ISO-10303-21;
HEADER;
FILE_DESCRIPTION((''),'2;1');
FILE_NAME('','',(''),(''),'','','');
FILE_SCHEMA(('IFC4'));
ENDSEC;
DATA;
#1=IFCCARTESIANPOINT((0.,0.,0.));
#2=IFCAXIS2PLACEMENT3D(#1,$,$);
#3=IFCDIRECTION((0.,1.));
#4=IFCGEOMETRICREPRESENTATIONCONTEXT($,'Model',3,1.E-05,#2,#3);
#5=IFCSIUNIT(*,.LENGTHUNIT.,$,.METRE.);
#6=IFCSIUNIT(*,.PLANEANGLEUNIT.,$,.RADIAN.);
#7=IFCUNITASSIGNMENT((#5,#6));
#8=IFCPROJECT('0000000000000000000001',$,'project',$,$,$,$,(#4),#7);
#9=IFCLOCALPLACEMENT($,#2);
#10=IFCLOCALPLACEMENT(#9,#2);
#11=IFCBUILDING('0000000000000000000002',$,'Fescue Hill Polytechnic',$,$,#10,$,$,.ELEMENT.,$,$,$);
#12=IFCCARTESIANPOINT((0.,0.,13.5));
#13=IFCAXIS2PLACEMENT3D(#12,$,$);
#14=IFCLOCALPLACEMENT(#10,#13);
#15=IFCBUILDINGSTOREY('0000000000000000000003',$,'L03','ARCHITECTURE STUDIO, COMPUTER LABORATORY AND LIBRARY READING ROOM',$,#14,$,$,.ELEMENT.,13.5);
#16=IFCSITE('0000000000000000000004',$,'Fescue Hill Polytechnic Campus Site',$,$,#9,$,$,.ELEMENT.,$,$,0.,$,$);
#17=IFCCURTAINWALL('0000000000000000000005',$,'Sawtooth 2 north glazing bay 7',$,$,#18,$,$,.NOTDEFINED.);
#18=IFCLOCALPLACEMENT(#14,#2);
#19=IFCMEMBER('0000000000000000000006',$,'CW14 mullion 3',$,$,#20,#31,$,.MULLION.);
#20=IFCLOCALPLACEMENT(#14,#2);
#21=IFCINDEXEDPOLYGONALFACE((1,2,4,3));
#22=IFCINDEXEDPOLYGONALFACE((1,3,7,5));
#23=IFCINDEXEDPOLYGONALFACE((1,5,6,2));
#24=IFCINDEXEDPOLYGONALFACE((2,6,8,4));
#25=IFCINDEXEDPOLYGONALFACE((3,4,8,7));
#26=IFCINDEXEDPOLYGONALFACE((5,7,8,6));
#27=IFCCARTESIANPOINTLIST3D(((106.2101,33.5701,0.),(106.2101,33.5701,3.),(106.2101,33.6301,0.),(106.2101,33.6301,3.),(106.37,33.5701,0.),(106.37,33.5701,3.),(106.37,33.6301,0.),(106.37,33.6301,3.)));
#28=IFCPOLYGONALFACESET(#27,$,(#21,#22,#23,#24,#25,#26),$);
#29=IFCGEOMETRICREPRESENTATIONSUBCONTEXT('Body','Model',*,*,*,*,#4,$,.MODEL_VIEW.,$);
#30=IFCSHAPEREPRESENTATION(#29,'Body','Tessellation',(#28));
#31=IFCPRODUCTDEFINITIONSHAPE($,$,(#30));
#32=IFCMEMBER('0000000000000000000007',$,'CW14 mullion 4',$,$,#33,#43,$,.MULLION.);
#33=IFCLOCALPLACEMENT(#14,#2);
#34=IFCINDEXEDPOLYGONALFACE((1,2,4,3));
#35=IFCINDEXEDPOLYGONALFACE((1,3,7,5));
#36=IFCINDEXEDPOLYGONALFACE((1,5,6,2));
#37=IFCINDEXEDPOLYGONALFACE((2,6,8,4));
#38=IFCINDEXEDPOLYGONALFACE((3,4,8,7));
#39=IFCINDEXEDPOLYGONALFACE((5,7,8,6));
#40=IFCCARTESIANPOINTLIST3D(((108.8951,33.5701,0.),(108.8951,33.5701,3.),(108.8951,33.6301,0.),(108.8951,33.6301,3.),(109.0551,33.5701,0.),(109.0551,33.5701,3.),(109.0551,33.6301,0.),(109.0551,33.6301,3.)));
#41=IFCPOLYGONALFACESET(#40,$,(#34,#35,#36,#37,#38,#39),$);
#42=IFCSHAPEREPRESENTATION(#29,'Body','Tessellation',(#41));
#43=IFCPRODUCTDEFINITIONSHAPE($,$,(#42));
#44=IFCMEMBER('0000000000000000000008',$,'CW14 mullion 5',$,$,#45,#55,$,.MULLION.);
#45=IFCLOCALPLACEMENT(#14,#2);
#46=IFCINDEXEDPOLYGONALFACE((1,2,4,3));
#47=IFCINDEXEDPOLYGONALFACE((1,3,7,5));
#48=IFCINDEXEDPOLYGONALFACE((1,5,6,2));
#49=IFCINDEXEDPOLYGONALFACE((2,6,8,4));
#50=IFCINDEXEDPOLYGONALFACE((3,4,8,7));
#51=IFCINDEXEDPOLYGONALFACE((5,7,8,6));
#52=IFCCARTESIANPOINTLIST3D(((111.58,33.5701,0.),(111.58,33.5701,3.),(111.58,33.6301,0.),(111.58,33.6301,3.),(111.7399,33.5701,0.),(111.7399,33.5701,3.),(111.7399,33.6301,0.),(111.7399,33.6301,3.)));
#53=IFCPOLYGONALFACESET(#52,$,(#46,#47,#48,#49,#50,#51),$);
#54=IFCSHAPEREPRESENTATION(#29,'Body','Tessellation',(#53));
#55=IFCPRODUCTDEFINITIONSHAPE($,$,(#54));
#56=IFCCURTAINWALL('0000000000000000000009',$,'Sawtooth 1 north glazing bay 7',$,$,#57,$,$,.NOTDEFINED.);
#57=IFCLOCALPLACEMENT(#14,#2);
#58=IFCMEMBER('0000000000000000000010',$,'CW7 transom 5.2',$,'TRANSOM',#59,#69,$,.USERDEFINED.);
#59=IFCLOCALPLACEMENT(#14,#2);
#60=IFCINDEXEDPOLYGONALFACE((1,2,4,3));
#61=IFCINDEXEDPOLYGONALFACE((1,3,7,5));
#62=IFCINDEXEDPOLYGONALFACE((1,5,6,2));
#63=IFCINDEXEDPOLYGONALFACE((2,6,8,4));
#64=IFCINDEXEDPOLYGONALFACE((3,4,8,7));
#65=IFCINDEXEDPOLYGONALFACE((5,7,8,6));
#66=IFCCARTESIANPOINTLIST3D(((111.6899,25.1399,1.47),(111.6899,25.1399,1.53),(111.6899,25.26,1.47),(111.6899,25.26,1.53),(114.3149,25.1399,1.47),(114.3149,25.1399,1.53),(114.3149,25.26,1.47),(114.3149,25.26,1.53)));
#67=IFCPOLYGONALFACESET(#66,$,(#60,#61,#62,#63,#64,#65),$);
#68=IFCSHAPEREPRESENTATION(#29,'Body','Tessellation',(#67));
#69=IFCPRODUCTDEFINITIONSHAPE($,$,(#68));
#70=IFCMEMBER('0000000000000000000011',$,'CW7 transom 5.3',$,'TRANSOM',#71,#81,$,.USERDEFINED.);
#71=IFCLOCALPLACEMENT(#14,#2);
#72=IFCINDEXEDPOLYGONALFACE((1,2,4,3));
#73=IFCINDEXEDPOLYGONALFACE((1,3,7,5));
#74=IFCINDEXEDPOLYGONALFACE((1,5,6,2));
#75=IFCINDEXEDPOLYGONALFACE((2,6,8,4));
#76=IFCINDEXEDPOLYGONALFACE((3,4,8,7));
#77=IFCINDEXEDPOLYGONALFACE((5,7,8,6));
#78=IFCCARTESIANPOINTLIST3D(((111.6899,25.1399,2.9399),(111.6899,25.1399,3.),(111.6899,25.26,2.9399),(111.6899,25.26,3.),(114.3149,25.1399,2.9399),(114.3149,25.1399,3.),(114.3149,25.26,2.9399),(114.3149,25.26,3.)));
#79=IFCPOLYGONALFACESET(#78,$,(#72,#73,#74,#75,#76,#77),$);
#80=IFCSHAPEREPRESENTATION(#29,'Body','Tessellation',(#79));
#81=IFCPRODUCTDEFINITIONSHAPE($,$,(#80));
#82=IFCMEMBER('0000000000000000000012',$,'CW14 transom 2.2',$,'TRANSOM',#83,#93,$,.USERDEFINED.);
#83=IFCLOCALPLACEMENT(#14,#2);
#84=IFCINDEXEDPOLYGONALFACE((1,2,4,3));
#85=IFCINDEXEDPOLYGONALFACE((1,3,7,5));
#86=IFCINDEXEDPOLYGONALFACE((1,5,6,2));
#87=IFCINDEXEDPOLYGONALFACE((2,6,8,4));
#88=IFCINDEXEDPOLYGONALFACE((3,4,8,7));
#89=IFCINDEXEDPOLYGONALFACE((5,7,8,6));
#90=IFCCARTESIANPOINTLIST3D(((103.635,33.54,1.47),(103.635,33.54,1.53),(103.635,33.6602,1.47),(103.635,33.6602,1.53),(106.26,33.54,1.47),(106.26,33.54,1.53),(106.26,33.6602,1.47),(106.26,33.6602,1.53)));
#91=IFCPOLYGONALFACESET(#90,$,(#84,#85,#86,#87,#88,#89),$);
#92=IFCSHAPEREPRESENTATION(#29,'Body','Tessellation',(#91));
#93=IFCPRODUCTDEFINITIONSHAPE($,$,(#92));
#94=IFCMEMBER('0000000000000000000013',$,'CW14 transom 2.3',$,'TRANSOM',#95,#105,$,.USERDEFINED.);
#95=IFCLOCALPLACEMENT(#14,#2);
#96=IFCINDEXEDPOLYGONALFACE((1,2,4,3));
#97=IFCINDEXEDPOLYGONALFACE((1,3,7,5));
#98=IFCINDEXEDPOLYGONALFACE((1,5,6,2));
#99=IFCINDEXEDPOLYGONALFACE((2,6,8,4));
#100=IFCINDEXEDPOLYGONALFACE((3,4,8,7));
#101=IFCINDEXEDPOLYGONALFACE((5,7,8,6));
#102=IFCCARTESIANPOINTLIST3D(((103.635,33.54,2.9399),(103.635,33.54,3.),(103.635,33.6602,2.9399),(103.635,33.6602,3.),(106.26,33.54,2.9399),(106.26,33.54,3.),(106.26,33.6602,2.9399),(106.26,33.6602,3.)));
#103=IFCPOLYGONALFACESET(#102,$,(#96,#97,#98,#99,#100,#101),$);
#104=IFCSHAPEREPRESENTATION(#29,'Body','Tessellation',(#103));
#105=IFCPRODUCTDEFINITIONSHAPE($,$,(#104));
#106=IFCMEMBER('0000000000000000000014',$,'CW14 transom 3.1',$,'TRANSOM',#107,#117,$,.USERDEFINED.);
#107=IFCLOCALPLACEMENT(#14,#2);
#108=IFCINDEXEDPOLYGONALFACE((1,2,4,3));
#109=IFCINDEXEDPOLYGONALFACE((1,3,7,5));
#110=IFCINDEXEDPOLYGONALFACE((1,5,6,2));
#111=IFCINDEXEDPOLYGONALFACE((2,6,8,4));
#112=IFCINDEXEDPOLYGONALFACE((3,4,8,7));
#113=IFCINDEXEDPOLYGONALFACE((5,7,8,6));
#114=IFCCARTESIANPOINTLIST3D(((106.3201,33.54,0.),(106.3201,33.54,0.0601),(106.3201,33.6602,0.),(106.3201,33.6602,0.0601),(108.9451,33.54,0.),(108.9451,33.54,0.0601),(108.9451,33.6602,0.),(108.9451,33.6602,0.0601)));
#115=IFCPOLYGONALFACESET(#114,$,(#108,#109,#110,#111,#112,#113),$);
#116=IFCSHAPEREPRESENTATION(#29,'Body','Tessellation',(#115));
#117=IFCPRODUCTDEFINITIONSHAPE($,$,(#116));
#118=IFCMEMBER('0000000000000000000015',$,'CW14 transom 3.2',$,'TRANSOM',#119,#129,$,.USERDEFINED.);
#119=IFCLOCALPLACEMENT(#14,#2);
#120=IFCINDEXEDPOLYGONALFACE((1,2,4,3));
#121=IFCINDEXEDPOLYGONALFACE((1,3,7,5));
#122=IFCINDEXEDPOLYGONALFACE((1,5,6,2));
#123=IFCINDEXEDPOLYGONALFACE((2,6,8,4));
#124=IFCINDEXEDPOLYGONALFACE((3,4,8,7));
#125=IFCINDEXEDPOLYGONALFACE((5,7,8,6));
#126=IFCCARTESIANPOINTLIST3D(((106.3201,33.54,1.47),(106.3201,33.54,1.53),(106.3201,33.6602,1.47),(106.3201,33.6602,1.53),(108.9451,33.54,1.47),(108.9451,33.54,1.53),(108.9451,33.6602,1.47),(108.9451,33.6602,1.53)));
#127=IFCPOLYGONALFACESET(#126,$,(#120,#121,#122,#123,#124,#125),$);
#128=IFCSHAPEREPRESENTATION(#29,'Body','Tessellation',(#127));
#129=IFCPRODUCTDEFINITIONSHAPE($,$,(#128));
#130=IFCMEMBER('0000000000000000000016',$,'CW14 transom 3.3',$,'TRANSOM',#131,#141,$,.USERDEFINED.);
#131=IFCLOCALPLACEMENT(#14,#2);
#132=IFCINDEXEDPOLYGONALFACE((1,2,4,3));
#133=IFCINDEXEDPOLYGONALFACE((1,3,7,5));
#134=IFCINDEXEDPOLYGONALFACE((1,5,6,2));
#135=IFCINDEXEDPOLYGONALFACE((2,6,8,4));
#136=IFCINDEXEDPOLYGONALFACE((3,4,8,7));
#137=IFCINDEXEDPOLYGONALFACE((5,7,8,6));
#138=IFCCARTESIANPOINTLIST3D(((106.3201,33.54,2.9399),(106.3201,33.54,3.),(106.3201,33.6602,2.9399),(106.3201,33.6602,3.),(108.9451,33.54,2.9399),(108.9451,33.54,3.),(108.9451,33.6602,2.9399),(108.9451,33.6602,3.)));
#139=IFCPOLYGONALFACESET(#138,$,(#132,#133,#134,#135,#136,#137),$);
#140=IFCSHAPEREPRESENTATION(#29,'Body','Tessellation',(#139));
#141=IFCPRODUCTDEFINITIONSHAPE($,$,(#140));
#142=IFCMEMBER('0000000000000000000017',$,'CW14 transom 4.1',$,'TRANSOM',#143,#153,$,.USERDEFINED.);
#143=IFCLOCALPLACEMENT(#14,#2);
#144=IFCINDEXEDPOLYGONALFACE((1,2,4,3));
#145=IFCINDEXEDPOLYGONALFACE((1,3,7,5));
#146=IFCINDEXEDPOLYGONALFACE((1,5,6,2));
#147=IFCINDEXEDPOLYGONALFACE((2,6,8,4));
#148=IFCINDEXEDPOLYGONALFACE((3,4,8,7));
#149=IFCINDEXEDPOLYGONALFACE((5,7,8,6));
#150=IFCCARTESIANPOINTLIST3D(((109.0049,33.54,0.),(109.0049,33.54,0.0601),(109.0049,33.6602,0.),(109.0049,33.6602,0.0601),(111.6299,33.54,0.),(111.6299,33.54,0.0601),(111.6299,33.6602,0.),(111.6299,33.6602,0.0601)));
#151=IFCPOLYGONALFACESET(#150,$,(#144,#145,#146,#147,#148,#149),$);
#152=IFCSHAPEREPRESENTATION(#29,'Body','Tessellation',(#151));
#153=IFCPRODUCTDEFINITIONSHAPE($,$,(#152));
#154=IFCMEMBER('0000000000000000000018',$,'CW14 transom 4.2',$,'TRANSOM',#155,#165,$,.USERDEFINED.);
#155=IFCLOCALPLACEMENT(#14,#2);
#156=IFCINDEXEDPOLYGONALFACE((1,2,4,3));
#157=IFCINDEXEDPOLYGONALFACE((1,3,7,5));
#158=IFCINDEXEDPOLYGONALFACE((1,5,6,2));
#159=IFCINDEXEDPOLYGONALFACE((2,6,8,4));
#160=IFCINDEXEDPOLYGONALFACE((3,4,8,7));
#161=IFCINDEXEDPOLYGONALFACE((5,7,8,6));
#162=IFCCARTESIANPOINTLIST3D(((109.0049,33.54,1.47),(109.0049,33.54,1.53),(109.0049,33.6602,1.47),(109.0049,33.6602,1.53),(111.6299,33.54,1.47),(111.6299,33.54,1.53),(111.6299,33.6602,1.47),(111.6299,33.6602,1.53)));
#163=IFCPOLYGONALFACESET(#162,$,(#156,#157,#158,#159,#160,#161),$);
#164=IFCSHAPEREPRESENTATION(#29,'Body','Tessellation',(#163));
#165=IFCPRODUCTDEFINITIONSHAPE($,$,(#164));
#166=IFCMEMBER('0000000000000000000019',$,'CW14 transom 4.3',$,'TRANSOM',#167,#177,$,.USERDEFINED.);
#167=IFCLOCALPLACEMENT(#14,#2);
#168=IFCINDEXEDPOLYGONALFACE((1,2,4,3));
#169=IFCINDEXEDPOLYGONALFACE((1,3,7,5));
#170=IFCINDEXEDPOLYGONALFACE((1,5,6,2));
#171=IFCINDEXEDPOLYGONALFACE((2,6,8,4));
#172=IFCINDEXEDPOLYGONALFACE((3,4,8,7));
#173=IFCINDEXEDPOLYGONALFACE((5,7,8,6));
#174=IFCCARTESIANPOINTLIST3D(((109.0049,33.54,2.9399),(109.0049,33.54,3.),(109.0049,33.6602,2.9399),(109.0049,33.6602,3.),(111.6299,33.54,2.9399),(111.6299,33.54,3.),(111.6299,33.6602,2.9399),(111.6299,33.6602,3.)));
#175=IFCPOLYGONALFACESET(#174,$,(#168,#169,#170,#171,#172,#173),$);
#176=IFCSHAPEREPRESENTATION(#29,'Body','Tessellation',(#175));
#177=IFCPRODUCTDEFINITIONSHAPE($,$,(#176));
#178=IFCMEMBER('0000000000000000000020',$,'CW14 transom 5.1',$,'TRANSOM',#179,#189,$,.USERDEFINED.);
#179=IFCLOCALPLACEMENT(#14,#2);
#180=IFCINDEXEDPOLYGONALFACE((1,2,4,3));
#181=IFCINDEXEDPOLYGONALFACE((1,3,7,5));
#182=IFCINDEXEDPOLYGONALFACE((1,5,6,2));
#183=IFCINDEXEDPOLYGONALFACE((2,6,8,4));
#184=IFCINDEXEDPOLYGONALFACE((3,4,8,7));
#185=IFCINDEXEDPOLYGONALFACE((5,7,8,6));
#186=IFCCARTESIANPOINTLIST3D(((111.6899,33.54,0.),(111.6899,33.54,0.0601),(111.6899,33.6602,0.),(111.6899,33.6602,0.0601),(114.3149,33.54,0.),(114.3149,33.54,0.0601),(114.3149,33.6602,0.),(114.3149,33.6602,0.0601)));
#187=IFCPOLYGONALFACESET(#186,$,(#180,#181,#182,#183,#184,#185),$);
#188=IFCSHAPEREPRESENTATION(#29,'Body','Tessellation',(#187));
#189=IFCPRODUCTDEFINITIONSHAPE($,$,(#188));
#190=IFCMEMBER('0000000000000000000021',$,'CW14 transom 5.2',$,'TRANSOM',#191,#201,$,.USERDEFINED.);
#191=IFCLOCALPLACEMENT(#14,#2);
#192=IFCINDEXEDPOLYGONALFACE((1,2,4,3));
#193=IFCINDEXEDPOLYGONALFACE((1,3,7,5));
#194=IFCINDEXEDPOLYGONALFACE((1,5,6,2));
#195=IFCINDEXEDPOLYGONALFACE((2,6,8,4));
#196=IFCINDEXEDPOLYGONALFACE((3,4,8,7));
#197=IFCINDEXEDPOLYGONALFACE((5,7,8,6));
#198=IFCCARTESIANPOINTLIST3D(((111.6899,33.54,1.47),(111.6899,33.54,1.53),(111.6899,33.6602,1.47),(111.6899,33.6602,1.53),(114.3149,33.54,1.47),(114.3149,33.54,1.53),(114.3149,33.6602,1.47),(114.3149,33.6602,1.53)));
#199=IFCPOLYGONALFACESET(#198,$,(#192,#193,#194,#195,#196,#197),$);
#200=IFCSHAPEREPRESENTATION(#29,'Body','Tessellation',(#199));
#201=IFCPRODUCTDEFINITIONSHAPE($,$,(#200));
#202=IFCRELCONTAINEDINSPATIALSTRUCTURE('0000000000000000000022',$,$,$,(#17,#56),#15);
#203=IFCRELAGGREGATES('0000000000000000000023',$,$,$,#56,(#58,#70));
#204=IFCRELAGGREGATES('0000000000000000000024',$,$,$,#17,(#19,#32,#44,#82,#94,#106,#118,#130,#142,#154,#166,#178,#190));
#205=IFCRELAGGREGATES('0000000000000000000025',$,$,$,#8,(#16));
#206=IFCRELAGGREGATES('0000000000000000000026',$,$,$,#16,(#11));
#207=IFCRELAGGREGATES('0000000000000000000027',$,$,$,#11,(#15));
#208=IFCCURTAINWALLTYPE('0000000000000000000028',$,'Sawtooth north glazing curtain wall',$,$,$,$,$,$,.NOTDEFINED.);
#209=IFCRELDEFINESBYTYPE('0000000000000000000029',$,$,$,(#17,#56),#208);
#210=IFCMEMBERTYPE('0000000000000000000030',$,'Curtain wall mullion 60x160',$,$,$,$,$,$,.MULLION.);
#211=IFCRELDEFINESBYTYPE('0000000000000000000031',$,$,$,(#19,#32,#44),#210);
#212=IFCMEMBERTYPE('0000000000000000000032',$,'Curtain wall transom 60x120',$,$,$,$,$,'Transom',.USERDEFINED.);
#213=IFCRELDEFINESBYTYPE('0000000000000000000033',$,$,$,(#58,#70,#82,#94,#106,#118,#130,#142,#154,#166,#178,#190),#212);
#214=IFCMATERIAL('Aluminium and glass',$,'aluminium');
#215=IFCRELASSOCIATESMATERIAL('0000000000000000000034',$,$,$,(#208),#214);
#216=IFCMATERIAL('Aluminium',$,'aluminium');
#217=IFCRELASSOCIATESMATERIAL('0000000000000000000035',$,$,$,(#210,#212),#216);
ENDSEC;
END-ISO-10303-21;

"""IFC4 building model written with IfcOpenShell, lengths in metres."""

from ifc_helpers import new_model, si_unit, direction, frame, origin, origin_2d, place, context, subcontext, project, spatial, rectangle, extrude, material, material_profile, profile_set, type_object, element, aggregate, save


model = new_model("IFC4")

# Units and contexts
model_context = context("Model", 3, precision=1e-05, world=origin(), true_north=direction((0.0, 1.0)))
body_context = subcontext(model_context, "Body", "Model", "MODEL_VIEW")
ifc_project = project(units=[si_unit("LENGTHUNIT", "METRE"), si_unit("PLANEANGLEUNIT", "RADIAN")], contexts=[model_context])

# Site, building, storey
site_placement = place(None, origin())
site = spatial("IfcSite", under=ifc_project, at=site_placement, Name="Fescue Hill Polytechnic Campus Site", CompositionType="ELEMENT", RefElevation=0.0)
building_placement = place(site_placement, origin())
building = spatial("IfcBuilding", under=site, at=building_placement, Name="Fescue Hill Polytechnic", CompositionType="ELEMENT")
storey_placement = place(building_placement, frame((0.0, 0.0, 13.5)))
storey = spatial("IfcBuildingStorey", under=building, at=storey_placement, Name="L03", Description="ARCHITECTURE STUDIO, COMPUTER LABORATORY AND LIBRARY READING ROOM", CompositionType="ELEMENT", Elevation=13.5)

# Curtain walls, members
ifc_material_1 = material(Name="Aluminium and glass", Category="aluminium")
curtain_wall_type = type_object("IfcCurtainWallType", Name="Sawtooth north glazing curtain wall", PredefinedType="NOTDEFINED", material=ifc_material_1)
curtain_wall_1_placement = place(storey_placement, origin())
curtain_wall_1 = element("IfcCurtainWall", 1, at=curtain_wall_1_placement, inside=storey, type_object=curtain_wall_type, Name="Sawtooth 2 north glazing bay 7", PredefinedType="NOTDEFINED")
ifc_material_2 = material(Name="Aluminium", Category="aluminium")
ifc_material_profile_1 = material_profile(ifc_material_2, rectangle(XDim=0.0601, YDim=0.1599, at=origin_2d()), Name="Curtain wall mullion 60x160")
ifc_profile_set_1 = profile_set([ifc_material_profile_1], Name="Aluminium")
member_type_1 = type_object("IfcMemberType", Name="Curtain wall mullion 60x160", PredefinedType="MULLION", material=ifc_profile_set_1)
member_1_placement = place(storey_placement, frame((106.29, 33.6001, 0.0), z_axis=(0.0, 0.0, 1.0), x_axis=(0.0, 1.0, 0.0)))
member_1 = element("IfcMember", 2, at=member_1_placement, type_object=member_type_1, Name="CW14 mullion 3", PredefinedType="MULLION", context=body_context, shape_type="SweptSolid", body=[
    extrude(rectangle(XDim=0.0601, YDim=0.1599, at=origin_2d()), origin(), (0.0, 0.0, 1.0), 3.0),
])
member_2_placement = place(storey_placement, frame((108.9751, 33.6001, 0.0), z_axis=(0.0, 0.0, 1.0), x_axis=(0.0, 1.0, 0.0)))
member_2 = element("IfcMember", 3, at=member_2_placement, type_object=member_type_1, Name="CW14 mullion 4", PredefinedType="MULLION", context=body_context, shape_type="SweptSolid", body=[
    extrude(rectangle(XDim=0.0601, YDim=0.1599, at=origin_2d()), origin(), (0.0, 0.0, 1.0), 3.0),
])
member_3_placement = place(storey_placement, frame((111.6599, 33.6001, 0.0), z_axis=(0.0, 0.0, 1.0), x_axis=(0.0, 1.0, 0.0)))
member_3 = element("IfcMember", 4, at=member_3_placement, type_object=member_type_1, Name="CW14 mullion 5", PredefinedType="MULLION", context=body_context, shape_type="SweptSolid", body=[
    extrude(rectangle(XDim=0.0601, YDim=0.1599, at=origin_2d()), origin(), (0.0, 0.0, 1.0), 3.0),
])
curtain_wall_2_placement = place(storey_placement, origin())
curtain_wall_2 = element("IfcCurtainWall", 5, at=curtain_wall_2_placement, inside=storey, type_object=curtain_wall_type, Name="Sawtooth 1 north glazing bay 7", PredefinedType="NOTDEFINED")
ifc_material_profile_2 = material_profile(ifc_material_2, rectangle(XDim=0.1201, YDim=0.0601, at=origin_2d()), Name="Curtain wall transom 60x120")
ifc_profile_set_2 = profile_set([ifc_material_profile_2], Name="Aluminium")
member_type_2 = type_object("IfcMemberType", Name="Curtain wall transom 60x120", ElementType="Transom", PredefinedType="USERDEFINED", material=ifc_profile_set_2)
member_4_placement = place(storey_placement, frame((111.6899, 25.2, 1.5), z_axis=(1.0, 0.0, 0.0), x_axis=(0.0, 1.0, 0.0)))
member_4 = element("IfcMember", 6, at=member_4_placement, type_object=member_type_2, Name="CW7 transom 5.2", ObjectType="TRANSOM", PredefinedType="USERDEFINED", context=body_context, shape_type="SweptSolid", body=[
    extrude(rectangle(XDim=0.1201, YDim=0.0601, at=origin_2d()), origin(), (0.0, 0.0, 1.0), 2.625),
])
member_5_placement = place(storey_placement, frame((111.6899, 25.2, 2.97), z_axis=(1.0, 0.0, 0.0), x_axis=(0.0, 1.0, 0.0)))
member_5 = element("IfcMember", 7, at=member_5_placement, type_object=member_type_2, Name="CW7 transom 5.3", ObjectType="TRANSOM", PredefinedType="USERDEFINED", context=body_context, shape_type="SweptSolid", body=[
    extrude(rectangle(XDim=0.1201, YDim=0.0601, at=origin_2d()), origin(), (0.0, 0.0, 1.0), 2.625),
])
aggregate(curtain_wall_2, [member_4, member_5])

# Members
member_6_placement = place(storey_placement, frame((103.635, 33.6001, 1.5), z_axis=(1.0, 0.0, 0.0), x_axis=(0.0, 1.0, 0.0)))
member_6 = element("IfcMember", 8, at=member_6_placement, type_object=member_type_2, Name="CW14 transom 2.2", ObjectType="TRANSOM", PredefinedType="USERDEFINED", context=body_context, shape_type="SweptSolid", body=[
    extrude(rectangle(XDim=0.1201, YDim=0.0601, at=origin_2d()), origin(), (0.0, 0.0, 1.0), 2.625),
])
member_7_placement = place(storey_placement, frame((103.635, 33.6001, 2.97), z_axis=(1.0, 0.0, 0.0), x_axis=(0.0, 1.0, 0.0)))
member_7 = element("IfcMember", 9, at=member_7_placement, type_object=member_type_2, Name="CW14 transom 2.3", ObjectType="TRANSOM", PredefinedType="USERDEFINED", context=body_context, shape_type="SweptSolid", body=[
    extrude(rectangle(XDim=0.1201, YDim=0.0601, at=origin_2d()), origin(), (0.0, 0.0, 1.0), 2.625),
])
member_8_placement = place(storey_placement, frame((106.3201, 33.6001, 0.03), z_axis=(1.0, 0.0, 0.0), x_axis=(0.0, 1.0, 0.0)))
member_8 = element("IfcMember", 10, at=member_8_placement, type_object=member_type_2, Name="CW14 transom 3.1", ObjectType="TRANSOM", PredefinedType="USERDEFINED", context=body_context, shape_type="SweptSolid", body=[
    extrude(rectangle(XDim=0.1201, YDim=0.0601, at=origin_2d()), origin(), (0.0, 0.0, 1.0), 2.625),
])
member_9_placement = place(storey_placement, frame((106.3201, 33.6001, 1.5), z_axis=(1.0, 0.0, 0.0), x_axis=(0.0, 1.0, 0.0)))
member_9 = element("IfcMember", 11, at=member_9_placement, type_object=member_type_2, Name="CW14 transom 3.2", ObjectType="TRANSOM", PredefinedType="USERDEFINED", context=body_context, shape_type="SweptSolid", body=[
    extrude(rectangle(XDim=0.1201, YDim=0.0601, at=origin_2d()), origin(), (0.0, 0.0, 1.0), 2.625),
])
member_10_placement = place(storey_placement, frame((106.3201, 33.6001, 2.97), z_axis=(1.0, 0.0, 0.0), x_axis=(0.0, 1.0, 0.0)))
member_10 = element("IfcMember", 12, at=member_10_placement, type_object=member_type_2, Name="CW14 transom 3.3", ObjectType="TRANSOM", PredefinedType="USERDEFINED", context=body_context, shape_type="SweptSolid", body=[
    extrude(rectangle(XDim=0.1201, YDim=0.0601, at=origin_2d()), origin(), (0.0, 0.0, 1.0), 2.625),
])
member_11_placement = place(storey_placement, frame((109.0049, 33.6001, 0.03), z_axis=(1.0, 0.0, 0.0), x_axis=(0.0, 1.0, 0.0)))
member_11 = element("IfcMember", 13, at=member_11_placement, type_object=member_type_2, Name="CW14 transom 4.1", ObjectType="TRANSOM", PredefinedType="USERDEFINED", context=body_context, shape_type="SweptSolid", body=[
    extrude(rectangle(XDim=0.1201, YDim=0.0601, at=origin_2d()), origin(), (0.0, 0.0, 1.0), 2.625),
])
member_12_placement = place(storey_placement, frame((109.0049, 33.6001, 1.5), z_axis=(1.0, 0.0, 0.0), x_axis=(0.0, 1.0, 0.0)))
member_12 = element("IfcMember", 14, at=member_12_placement, type_object=member_type_2, Name="CW14 transom 4.2", ObjectType="TRANSOM", PredefinedType="USERDEFINED", context=body_context, shape_type="SweptSolid", body=[
    extrude(rectangle(XDim=0.1201, YDim=0.0601, at=origin_2d()), origin(), (0.0, 0.0, 1.0), 2.625),
])
member_13_placement = place(storey_placement, frame((109.0049, 33.6001, 2.97), z_axis=(1.0, 0.0, 0.0), x_axis=(0.0, 1.0, 0.0)))
member_13 = element("IfcMember", 15, at=member_13_placement, type_object=member_type_2, Name="CW14 transom 4.3", ObjectType="TRANSOM", PredefinedType="USERDEFINED", context=body_context, shape_type="SweptSolid", body=[
    extrude(rectangle(XDim=0.1201, YDim=0.0601, at=origin_2d()), origin(), (0.0, 0.0, 1.0), 2.625),
])
member_14_placement = place(storey_placement, frame((111.6899, 33.6001, 0.03), z_axis=(1.0, 0.0, 0.0), x_axis=(0.0, 1.0, 0.0)))
member_14 = element("IfcMember", 16, at=member_14_placement, type_object=member_type_2, Name="CW14 transom 5.1", ObjectType="TRANSOM", PredefinedType="USERDEFINED", context=body_context, shape_type="SweptSolid", body=[
    extrude(rectangle(XDim=0.1201, YDim=0.0601, at=origin_2d()), origin(), (0.0, 0.0, 1.0), 2.625),
])
member_15_placement = place(storey_placement, frame((111.6899, 33.6001, 1.5), z_axis=(1.0, 0.0, 0.0), x_axis=(0.0, 1.0, 0.0)))
member_15 = element("IfcMember", 17, at=member_15_placement, type_object=member_type_2, Name="CW14 transom 5.2", ObjectType="TRANSOM", PredefinedType="USERDEFINED", context=body_context, shape_type="SweptSolid", body=[
    extrude(rectangle(XDim=0.1201, YDim=0.0601, at=origin_2d()), origin(), (0.0, 0.0, 1.0), 2.625),
])

aggregate(curtain_wall_1, [member_1, member_2, member_3, member_6, member_7, member_8, member_9, member_10, member_11, member_12, member_13, member_14, member_15])

save(model, "model.ifc")
